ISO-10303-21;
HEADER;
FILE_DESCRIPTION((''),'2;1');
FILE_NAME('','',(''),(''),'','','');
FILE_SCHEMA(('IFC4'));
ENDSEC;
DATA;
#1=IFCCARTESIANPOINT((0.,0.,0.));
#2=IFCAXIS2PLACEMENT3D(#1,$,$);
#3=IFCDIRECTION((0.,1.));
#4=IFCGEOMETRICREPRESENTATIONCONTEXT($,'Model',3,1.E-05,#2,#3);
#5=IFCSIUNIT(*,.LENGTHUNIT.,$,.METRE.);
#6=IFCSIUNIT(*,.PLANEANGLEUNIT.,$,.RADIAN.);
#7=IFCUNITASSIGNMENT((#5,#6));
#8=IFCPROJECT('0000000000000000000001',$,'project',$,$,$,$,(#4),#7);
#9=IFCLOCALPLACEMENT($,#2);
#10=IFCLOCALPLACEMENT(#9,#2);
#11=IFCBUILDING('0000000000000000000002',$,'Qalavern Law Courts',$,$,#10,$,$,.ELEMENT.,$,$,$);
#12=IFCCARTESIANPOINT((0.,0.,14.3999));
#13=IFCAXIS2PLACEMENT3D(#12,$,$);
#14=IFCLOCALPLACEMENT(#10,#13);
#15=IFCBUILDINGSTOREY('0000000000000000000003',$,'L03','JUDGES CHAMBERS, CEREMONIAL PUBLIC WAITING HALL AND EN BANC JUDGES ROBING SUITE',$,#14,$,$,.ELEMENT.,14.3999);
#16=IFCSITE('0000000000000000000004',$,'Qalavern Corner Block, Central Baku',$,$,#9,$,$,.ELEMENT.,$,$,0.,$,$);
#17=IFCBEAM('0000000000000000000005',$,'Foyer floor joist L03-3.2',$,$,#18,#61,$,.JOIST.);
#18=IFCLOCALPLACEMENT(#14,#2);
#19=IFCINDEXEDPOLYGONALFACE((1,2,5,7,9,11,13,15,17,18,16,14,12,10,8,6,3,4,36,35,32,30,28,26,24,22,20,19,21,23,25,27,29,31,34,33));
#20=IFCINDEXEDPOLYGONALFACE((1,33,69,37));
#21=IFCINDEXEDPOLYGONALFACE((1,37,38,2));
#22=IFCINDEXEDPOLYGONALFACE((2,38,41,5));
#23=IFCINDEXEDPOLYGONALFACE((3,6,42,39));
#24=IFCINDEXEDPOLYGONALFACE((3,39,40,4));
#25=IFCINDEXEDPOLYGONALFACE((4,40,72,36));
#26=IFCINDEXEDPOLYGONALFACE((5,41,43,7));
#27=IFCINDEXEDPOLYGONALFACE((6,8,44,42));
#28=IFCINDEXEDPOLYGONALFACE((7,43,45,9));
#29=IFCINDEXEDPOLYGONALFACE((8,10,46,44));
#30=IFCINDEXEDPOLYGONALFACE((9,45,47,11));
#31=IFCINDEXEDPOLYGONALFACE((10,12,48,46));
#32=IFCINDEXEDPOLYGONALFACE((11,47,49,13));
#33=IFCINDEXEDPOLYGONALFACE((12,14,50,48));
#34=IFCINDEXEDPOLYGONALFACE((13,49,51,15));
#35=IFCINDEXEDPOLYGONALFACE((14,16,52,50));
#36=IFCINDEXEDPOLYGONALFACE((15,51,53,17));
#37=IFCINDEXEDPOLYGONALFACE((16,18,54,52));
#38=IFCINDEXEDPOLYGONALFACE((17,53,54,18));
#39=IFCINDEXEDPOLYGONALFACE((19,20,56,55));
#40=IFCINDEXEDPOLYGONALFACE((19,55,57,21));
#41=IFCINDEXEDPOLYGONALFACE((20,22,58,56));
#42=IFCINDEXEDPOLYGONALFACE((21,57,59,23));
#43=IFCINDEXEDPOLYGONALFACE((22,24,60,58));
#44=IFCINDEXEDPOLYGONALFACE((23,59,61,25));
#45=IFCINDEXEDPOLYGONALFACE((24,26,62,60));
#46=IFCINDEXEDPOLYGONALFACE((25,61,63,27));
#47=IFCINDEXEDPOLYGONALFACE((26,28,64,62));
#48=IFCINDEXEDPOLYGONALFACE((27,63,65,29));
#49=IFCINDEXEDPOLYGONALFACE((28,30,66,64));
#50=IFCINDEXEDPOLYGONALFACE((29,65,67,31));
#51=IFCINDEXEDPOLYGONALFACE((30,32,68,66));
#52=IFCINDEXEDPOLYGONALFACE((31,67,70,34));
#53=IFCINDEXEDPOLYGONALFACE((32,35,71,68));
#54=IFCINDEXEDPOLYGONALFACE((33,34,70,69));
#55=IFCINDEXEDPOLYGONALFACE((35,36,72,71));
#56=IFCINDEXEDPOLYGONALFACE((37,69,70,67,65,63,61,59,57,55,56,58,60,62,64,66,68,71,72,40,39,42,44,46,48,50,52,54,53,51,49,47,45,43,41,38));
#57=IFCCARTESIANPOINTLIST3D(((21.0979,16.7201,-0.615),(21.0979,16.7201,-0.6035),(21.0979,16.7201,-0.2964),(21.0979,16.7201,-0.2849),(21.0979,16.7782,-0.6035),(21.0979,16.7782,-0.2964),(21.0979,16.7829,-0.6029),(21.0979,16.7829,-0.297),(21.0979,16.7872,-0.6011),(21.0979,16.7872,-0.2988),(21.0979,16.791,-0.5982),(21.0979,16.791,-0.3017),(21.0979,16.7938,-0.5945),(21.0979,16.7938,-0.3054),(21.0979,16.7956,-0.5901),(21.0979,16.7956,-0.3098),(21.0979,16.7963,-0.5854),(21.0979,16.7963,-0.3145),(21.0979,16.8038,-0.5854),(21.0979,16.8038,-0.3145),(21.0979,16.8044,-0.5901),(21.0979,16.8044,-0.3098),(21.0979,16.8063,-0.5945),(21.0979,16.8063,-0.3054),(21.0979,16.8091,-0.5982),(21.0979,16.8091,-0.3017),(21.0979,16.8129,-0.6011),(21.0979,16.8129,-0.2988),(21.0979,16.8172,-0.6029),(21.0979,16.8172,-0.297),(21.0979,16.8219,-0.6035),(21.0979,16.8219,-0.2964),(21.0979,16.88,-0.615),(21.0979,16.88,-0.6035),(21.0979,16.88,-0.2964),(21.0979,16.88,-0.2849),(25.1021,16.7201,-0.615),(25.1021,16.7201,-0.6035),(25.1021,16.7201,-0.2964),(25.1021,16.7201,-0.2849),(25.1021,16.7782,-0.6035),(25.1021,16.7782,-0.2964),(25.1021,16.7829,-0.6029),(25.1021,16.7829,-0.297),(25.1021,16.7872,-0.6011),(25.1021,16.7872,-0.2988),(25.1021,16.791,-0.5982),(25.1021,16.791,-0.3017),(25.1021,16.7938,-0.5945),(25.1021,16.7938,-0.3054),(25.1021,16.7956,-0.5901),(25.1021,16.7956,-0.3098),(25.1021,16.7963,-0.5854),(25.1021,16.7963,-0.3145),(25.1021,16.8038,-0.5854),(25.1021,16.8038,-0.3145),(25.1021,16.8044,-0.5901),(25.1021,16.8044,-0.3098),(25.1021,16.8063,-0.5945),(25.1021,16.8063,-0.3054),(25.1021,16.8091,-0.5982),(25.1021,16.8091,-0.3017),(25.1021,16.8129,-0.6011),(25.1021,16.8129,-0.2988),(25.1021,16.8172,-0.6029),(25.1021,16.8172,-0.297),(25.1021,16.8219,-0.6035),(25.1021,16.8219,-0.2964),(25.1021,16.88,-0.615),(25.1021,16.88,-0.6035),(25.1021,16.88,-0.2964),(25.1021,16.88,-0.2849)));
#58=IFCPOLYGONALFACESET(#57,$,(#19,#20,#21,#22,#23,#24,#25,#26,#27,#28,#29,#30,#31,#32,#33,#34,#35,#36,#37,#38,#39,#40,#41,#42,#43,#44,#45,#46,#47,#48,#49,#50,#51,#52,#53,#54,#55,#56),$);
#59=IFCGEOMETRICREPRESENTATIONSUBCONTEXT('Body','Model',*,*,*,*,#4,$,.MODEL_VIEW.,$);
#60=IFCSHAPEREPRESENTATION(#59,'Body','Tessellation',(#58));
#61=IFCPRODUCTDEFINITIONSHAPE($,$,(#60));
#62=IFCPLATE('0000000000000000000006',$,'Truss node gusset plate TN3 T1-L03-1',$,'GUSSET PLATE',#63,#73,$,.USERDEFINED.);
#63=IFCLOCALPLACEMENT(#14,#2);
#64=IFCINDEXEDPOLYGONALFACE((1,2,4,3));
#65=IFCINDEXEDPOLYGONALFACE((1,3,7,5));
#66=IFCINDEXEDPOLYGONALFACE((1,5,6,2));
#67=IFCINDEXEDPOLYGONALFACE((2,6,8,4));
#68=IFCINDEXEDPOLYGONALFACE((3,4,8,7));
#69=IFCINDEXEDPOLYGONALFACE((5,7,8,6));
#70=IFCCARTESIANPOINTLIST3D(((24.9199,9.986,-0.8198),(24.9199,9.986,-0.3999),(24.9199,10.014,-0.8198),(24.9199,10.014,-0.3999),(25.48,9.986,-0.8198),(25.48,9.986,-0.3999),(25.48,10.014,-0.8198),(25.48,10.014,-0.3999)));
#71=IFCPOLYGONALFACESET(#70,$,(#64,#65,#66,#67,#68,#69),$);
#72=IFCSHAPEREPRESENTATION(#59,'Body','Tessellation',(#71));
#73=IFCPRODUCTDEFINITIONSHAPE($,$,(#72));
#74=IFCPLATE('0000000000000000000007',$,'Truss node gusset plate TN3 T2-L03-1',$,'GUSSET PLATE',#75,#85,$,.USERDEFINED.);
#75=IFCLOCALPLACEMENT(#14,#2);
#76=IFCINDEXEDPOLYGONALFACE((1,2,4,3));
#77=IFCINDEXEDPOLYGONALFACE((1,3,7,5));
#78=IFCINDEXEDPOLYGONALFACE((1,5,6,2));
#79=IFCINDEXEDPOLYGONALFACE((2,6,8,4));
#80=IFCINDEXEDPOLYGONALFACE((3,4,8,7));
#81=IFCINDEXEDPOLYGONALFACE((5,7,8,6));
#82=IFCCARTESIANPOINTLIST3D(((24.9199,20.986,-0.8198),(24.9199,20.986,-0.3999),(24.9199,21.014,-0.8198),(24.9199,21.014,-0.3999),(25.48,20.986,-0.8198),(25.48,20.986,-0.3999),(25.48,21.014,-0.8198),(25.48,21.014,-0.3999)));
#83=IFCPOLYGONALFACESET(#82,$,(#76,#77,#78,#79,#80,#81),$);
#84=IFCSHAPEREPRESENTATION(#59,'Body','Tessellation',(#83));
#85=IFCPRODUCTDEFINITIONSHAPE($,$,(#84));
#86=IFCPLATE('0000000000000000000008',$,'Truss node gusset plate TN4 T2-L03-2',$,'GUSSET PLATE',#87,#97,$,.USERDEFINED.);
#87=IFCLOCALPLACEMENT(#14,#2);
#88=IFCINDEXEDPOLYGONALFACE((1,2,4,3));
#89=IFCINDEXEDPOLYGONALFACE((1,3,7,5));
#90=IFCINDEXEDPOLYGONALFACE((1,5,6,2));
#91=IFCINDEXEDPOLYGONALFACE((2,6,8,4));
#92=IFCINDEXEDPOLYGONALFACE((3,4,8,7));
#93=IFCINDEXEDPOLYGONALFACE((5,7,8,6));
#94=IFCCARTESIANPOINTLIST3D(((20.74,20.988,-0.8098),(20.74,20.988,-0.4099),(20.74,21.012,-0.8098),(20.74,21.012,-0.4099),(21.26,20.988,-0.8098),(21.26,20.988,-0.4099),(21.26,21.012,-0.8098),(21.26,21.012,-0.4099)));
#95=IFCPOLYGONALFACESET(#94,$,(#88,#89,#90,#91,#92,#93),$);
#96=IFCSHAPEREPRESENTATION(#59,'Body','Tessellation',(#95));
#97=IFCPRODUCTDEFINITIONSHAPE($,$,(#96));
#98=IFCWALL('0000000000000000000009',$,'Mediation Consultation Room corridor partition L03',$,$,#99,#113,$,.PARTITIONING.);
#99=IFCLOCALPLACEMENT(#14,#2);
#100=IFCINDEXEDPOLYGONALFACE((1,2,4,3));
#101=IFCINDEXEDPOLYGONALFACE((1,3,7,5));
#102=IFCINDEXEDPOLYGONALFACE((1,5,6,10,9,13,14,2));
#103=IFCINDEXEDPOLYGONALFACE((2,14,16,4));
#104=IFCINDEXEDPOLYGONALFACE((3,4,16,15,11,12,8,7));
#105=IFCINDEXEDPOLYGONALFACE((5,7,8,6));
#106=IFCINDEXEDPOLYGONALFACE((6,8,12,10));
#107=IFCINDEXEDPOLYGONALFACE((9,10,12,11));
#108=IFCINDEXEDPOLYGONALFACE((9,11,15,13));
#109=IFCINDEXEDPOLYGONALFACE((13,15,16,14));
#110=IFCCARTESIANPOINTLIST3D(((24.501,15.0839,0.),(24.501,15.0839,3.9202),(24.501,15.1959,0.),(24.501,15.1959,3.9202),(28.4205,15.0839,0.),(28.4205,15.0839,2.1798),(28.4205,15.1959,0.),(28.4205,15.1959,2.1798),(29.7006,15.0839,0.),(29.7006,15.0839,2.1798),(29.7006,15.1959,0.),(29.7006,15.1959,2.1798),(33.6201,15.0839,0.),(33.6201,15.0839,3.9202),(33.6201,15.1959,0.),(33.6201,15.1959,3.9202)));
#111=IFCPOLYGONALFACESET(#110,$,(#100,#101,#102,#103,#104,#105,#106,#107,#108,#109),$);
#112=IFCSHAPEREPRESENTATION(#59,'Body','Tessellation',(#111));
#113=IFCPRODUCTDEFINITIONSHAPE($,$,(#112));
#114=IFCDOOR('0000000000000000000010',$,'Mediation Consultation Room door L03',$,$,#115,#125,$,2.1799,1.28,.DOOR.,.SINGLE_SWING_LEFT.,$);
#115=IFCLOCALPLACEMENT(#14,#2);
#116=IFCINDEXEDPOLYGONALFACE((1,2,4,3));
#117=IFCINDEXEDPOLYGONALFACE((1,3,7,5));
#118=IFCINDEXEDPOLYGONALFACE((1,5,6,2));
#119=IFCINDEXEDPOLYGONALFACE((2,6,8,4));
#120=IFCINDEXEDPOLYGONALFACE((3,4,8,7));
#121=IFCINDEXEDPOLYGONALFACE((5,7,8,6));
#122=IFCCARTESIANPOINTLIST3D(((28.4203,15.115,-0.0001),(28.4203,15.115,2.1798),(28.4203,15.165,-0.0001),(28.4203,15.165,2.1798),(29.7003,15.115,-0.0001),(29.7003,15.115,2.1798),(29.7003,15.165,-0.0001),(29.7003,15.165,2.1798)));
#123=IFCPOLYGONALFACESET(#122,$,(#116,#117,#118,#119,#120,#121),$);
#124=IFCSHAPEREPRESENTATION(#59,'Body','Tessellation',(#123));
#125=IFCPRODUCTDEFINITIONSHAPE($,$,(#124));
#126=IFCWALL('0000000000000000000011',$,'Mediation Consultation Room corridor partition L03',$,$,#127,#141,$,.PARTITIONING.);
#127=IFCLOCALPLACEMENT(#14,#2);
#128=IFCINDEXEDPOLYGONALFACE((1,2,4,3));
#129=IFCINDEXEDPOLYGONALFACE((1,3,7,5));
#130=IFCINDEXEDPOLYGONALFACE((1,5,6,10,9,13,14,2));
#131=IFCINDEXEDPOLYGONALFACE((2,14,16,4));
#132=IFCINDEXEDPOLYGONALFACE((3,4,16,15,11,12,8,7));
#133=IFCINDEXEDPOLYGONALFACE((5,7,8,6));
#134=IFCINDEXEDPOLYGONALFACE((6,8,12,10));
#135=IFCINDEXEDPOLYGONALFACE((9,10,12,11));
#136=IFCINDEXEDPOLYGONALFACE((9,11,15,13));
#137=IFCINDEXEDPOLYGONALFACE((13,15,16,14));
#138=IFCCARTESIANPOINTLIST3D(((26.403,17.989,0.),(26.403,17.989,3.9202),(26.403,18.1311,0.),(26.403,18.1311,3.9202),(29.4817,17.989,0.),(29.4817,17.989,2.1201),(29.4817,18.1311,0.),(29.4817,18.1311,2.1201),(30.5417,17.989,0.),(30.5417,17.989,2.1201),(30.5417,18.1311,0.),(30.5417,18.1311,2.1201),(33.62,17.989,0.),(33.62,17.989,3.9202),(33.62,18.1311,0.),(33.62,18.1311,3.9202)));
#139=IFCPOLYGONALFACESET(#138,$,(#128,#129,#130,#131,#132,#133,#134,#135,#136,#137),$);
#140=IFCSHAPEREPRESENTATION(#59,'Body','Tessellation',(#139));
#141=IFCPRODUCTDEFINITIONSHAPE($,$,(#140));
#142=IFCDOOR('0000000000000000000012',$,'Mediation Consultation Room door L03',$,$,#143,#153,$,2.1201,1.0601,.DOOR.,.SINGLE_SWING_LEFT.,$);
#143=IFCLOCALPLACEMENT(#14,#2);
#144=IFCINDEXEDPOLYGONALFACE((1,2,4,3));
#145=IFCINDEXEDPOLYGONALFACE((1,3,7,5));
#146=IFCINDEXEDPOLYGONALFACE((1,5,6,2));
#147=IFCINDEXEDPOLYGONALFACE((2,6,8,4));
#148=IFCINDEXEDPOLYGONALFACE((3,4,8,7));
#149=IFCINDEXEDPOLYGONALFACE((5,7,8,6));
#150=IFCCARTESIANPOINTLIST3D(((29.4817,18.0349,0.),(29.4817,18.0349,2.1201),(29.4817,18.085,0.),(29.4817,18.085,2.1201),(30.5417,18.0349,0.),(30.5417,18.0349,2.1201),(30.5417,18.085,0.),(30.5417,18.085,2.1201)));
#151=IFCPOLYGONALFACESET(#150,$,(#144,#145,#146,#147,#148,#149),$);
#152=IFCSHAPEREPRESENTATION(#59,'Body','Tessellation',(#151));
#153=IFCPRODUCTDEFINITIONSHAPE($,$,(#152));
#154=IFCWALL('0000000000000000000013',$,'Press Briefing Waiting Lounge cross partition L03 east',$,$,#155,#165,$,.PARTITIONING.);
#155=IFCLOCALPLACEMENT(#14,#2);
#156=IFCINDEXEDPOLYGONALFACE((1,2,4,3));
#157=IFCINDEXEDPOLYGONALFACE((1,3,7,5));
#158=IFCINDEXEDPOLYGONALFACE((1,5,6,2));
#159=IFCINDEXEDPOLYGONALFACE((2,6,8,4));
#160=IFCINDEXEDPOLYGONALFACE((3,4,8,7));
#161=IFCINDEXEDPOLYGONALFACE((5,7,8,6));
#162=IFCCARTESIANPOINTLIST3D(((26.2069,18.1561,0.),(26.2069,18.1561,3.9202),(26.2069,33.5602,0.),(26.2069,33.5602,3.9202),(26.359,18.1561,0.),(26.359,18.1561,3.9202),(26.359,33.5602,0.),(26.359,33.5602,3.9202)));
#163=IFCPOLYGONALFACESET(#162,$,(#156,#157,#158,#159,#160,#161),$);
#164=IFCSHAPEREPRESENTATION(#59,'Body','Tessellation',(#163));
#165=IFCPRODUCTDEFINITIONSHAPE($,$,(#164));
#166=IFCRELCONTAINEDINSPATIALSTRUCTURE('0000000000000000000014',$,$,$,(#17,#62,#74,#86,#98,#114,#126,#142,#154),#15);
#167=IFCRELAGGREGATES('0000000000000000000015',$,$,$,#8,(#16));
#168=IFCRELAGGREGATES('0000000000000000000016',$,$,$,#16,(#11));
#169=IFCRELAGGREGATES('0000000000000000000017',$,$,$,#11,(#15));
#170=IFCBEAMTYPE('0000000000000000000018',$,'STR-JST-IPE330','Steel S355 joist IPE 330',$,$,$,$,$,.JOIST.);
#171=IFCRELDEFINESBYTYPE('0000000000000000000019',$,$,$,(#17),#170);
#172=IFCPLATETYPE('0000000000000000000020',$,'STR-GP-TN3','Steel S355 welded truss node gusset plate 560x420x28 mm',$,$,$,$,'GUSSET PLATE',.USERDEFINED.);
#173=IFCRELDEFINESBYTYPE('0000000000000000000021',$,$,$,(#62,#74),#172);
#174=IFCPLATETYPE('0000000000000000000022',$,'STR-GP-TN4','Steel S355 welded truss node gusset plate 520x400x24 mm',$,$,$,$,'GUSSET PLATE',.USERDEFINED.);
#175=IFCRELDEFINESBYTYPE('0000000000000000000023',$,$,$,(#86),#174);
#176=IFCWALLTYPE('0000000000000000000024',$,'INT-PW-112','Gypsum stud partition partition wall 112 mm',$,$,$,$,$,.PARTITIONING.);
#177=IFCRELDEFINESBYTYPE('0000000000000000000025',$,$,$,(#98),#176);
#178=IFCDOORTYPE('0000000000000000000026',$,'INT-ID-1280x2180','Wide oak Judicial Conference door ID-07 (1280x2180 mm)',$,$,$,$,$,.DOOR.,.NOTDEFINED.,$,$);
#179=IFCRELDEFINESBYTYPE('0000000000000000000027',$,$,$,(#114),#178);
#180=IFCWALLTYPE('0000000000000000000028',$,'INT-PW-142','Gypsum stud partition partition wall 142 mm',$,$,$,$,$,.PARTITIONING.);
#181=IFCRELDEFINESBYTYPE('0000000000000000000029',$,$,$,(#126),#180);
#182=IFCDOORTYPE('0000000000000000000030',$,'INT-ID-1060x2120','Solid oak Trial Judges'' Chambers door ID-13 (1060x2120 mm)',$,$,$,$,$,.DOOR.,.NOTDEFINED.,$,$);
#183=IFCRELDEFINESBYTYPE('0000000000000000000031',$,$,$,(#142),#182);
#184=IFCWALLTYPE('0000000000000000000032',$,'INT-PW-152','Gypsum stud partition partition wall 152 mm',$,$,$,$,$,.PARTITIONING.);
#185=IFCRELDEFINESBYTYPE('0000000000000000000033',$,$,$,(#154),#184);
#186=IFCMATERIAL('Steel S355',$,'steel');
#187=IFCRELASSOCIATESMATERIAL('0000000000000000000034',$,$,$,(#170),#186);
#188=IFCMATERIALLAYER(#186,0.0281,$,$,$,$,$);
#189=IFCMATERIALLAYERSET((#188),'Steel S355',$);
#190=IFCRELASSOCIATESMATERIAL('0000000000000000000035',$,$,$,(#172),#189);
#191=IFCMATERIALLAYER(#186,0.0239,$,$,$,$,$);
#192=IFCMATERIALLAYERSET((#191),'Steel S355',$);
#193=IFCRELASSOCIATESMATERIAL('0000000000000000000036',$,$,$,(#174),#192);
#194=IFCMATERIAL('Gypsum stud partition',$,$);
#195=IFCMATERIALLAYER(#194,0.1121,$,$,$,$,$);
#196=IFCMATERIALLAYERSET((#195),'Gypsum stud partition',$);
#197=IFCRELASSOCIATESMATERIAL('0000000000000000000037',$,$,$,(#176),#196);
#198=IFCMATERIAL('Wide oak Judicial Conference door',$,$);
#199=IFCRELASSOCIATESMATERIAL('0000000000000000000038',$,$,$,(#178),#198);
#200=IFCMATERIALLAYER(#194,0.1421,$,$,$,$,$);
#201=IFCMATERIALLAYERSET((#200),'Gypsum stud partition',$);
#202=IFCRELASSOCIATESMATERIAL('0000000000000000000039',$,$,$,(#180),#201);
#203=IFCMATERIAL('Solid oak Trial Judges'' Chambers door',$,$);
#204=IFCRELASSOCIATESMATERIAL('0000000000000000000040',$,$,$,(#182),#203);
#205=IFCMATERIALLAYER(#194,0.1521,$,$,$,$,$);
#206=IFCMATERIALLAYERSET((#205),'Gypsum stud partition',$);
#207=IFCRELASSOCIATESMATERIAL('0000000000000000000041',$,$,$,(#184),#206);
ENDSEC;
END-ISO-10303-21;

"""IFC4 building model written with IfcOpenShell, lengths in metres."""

from ifc_helpers import new_model, si_unit, direction, frame, frame_2d, origin, origin_2d, place, context, subcontext, project, spatial, rectangle, i_section, extrude, material, layer, layer_set, material_profile, profile_set, type_object, element, fill, save


model = new_model("IFC4")

# Units and contexts
model_context = context("Model", 3, precision=1e-05, world=origin(), true_north=direction((0.0, 1.0)))
body_context = subcontext(model_context, "Body", "Model", "MODEL_VIEW")
ifc_project = project(units=[si_unit("LENGTHUNIT", "METRE"), si_unit("PLANEANGLEUNIT", "RADIAN")], contexts=[model_context])

# Site, building, storey
site_placement = place(None, origin())
site = spatial("IfcSite", under=ifc_project, at=site_placement, Name="Qalavern Corner Block, Central Baku", CompositionType="ELEMENT", RefElevation=0.0)
building_placement = place(site_placement, origin())
building = spatial("IfcBuilding", under=site, at=building_placement, Name="Qalavern Law Courts", CompositionType="ELEMENT")
storey_placement = place(building_placement, frame((0.0, 0.0, 14.3999)))
storey = spatial("IfcBuildingStorey", under=building, at=storey_placement, Name="L03", Description="JUDGES CHAMBERS, CEREMONIAL PUBLIC WAITING HALL AND EN BANC JUDGES ROBING SUITE", CompositionType="ELEMENT", Elevation=14.3999)

# Shared definitions
ifc_material_1 = material(Name="Steel S355", Category="steel")

# Beam
ifc_material_profile_1 = material_profile(ifc_material_1, i_section(OverallWidth=0.1599, OverallDepth=0.3301, WebThickness=0.0076, FlangeThickness=0.0115, FilletRadius=0.0181, at=origin_2d()), Name="IPE 330")
ifc_profile_set_1 = profile_set([ifc_material_profile_1], Name="Steel S355")
beam_type_1 = type_object("IfcBeamType", Name="STR-JST-IPE330", Description="Steel S355 joist IPE 330", PredefinedType="JOIST", material=ifc_profile_set_1)
for number, where, z_axis, x_axis, name in (
    (1, (21.0979, 16.8, -0.45), (1.0, 0.0, 0.0), (0.0, 1.0, 0.0), "Foyer floor joist L03-3.2"),
):
    element("IfcBeam", number, at=place(storey_placement, frame(where, z_axis=z_axis, x_axis=x_axis)), inside=storey, type_object=beam_type_1, Name=name, PredefinedType="JOIST", context=body_context, shape_type="SweptSolid", body=[
        extrude(i_section(OverallWidth=0.1599, OverallDepth=0.3301, WebThickness=0.0076, FlangeThickness=0.0115, FilletRadius=0.0181, at=origin_2d()), origin(), (0.0, 0.0, 1.0), 4.0042),
    ])

# Plates
ifc_layer_1 = layer(ifc_material_1, 0.0281)
ifc_layer_set_1 = layer_set([ifc_layer_1], Name="Steel S355")
plate_type_1 = type_object("IfcPlateType", Name="STR-GP-TN3", Description="Steel S355 welded truss node gusset plate 560x420x28 mm", ElementType="GUSSET PLATE", PredefinedType="USERDEFINED", material=ifc_layer_set_1)
for number, where, z_axis, x_axis, name in (
    (2, (25.2, 10.0, -0.8198), (0.0, 0.0, 1.0), (1.0, 0.0, 0.0), "Truss node gusset plate TN3 T1-L03-1"),
    (3, (25.2, 21.0, -0.8198), (0.0, 0.0, 1.0), (1.0, 0.0, 0.0), "Truss node gusset plate TN3 T2-L03-1"),
):
    element("IfcPlate", number, at=place(storey_placement, frame(where, z_axis=z_axis, x_axis=x_axis)), inside=storey, type_object=plate_type_1, Name=name, ObjectType="GUSSET PLATE", PredefinedType="USERDEFINED", context=body_context, shape_type="SweptSolid", body=[
        extrude(rectangle(XDim=0.5601, YDim=0.0281, at=origin_2d()), origin(), (0.0, 0.0, 1.0), 0.4199),
    ])
ifc_layer_2 = layer(ifc_material_1, 0.0239)
ifc_layer_set_2 = layer_set([ifc_layer_2], Name="Steel S355")
plate_type_2 = type_object("IfcPlateType", Name="STR-GP-TN4", Description="Steel S355 welded truss node gusset plate 520x400x24 mm", ElementType="GUSSET PLATE", PredefinedType="USERDEFINED", material=ifc_layer_set_2)
plate_placement = place(storey_placement, frame((21.0, 21.0, -0.8098), z_axis=(0.0, 0.0, 1.0), x_axis=(1.0, 0.0, 0.0)))
element("IfcPlate", 4, at=plate_placement, inside=storey, type_object=plate_type_2, Name="Truss node gusset plate TN4 T2-L03-2", ObjectType="GUSSET PLATE", PredefinedType="USERDEFINED", context=body_context, shape_type="SweptSolid", body=[
    extrude(rectangle(XDim=0.52, YDim=0.0239, at=origin_2d()), origin(), (0.0, 0.0, 1.0), 0.3999),
])

# Walls, openings, doors
ifc_material_2 = material(Name="Gypsum stud partition")
ifc_layer_3 = layer(ifc_material_2, 0.1121)
ifc_layer_set_3 = layer_set([ifc_layer_3], Name="Gypsum stud partition")
wall_type_1 = type_object("IfcWallType", Name="INT-PW-112", Description="Gypsum stud partition partition wall 112 mm", PredefinedType="PARTITIONING", material=ifc_layer_set_3)
wall_1_placement = place(storey_placement, frame((24.501, 15.1399, 0.0), z_axis=(0.0, 0.0, 1.0), x_axis=(1.0, 0.0, 0.0)))
wall_1 = element("IfcWall", 5, at=wall_1_placement, inside=storey, type_object=wall_type_1, Name="Mediation Consultation Room corridor partition L03", PredefinedType="PARTITIONING", context=body_context, shape_type="SweptSolid", body=[
    extrude(rectangle(XDim=9.1191, YDim=0.1121, at=frame_2d((4.5596, 0.0))), origin(), (0.0, 0.0, 1.0), 3.9202),
])
opening_1_placement = place(wall_1_placement, frame((3.9194, 0.0, 0.0)))
opening_1 = element("IfcOpeningElement", 6, at=opening_1_placement, cuts=wall_1, PredefinedType="OPENING", context=body_context, shape_type="SweptSolid", body=[
    extrude(rectangle(XDim=1.28, YDim=2.1799, at=frame_2d((0.6401, 1.0898))), frame((0.0, 0.0708, 0.0), z_axis=(0.0, -1.0, 0.0), x_axis=(1.0, 0.0, 0.0)), (0.0, 0.0, 1.0), 0.1418),
])
ifc_material_3 = material(Name="Wide oak Judicial Conference door")
door_type_1 = type_object("IfcDoorType", Name="INT-ID-1280x2180", Description="Wide oak Judicial Conference door ID-07 (1280x2180 mm)", OperationType="NOTDEFINED", PredefinedType="DOOR", material=ifc_material_3)
door_1_placement = place(opening_1_placement, frame((1.28, 0.0, 0.0), z_axis=(0.0, 0.0, 1.0), x_axis=(-1.0, 0.0, 0.0)))
door_1 = element("IfcDoor", 7, at=door_1_placement, inside=storey, type_object=door_type_1, Name="Mediation Consultation Room door L03", OperationType="SINGLE_SWING_LEFT", OverallHeight=2.1799, OverallWidth=1.28, PredefinedType="DOOR", context=body_context, shape_type="SweptSolid", body=[
    extrude(rectangle(XDim=1.28, YDim=2.1799, at=frame_2d((0.6401, 1.0898))), frame((0.0, 0.0249, 0.0), z_axis=(0.0, -1.0, 0.0), x_axis=(1.0, 0.0, 0.0)), (0.0, 0.0, 1.0), 0.05),
])
fill(opening_1, door_1)
ifc_layer_4 = layer(ifc_material_2, 0.1421)
ifc_layer_set_4 = layer_set([ifc_layer_4], Name="Gypsum stud partition")
wall_type_2 = type_object("IfcWallType", Name="INT-PW-142", Description="Gypsum stud partition partition wall 142 mm", PredefinedType="PARTITIONING", material=ifc_layer_set_4)
wall_2_placement = place(storey_placement, frame((26.4031, 18.0601, 0.0), z_axis=(0.0, 0.0, 1.0), x_axis=(1.0, 0.0, 0.0)))
wall_2 = element("IfcWall", 8, at=wall_2_placement, inside=storey, type_object=wall_type_2, Name="Mediation Consultation Room corridor partition L03", PredefinedType="PARTITIONING", context=body_context, shape_type="SweptSolid", body=[
    extrude(rectangle(XDim=7.217, YDim=0.1421, at=frame_2d((3.6084, 0.0))), origin(), (0.0, 0.0, 1.0), 3.9202),
])
opening_2_placement = place(wall_2_placement, frame((3.0786, 0.0, 0.0)))
opening_2 = element("IfcOpeningElement", 9, at=opening_2_placement, cuts=wall_2, PredefinedType="OPENING", context=body_context, shape_type="SweptSolid", body=[
    extrude(rectangle(XDim=1.0601, YDim=2.1201, at=frame_2d((0.53, 1.0601))), frame((0.0, 0.0859, 0.0), z_axis=(0.0, -1.0, 0.0), x_axis=(1.0, 0.0, 0.0)), (0.0, 0.0, 1.0), 0.1719),
])
ifc_material_4 = material(Name="Solid oak Trial Judges' Chambers door")
door_type_2 = type_object("IfcDoorType", Name="INT-ID-1060x2120", Description="Solid oak Trial Judges' Chambers door ID-13 (1060x2120 mm)", OperationType="NOTDEFINED", PredefinedType="DOOR", material=ifc_material_4)
door_2_placement = place(opening_2_placement, origin())
door_2 = element("IfcDoor", 10, at=door_2_placement, inside=storey, type_object=door_type_2, Name="Mediation Consultation Room door L03", OperationType="SINGLE_SWING_LEFT", OverallHeight=2.1201, OverallWidth=1.0601, PredefinedType="DOOR", context=body_context, shape_type="SweptSolid", body=[
    extrude(rectangle(XDim=1.0601, YDim=2.1201, at=frame_2d((0.53, 1.0601))), frame((0.0, 0.0249, 0.0), z_axis=(0.0, -1.0, 0.0), x_axis=(1.0, 0.0, 0.0)), (0.0, 0.0, 1.0), 0.05),
])
fill(opening_2, door_2)

# Wall
ifc_layer_5 = layer(ifc_material_2, 0.1521)
ifc_layer_set_5 = layer_set([ifc_layer_5], Name="Gypsum stud partition")
wall_type_3 = type_object("IfcWallType", Name="INT-PW-152", Description="Gypsum stud partition partition wall 152 mm", PredefinedType="PARTITIONING", material=ifc_layer_set_5)
wall_3_placement = place(storey_placement, frame((26.283, 18.156, 0.0), z_axis=(0.0, 0.0, 1.0), x_axis=(0.0, 1.0, 0.0)))
element("IfcWall", 11, at=wall_3_placement, inside=storey, type_object=wall_type_3, Name="Press Briefing Waiting Lounge cross partition L03 east", PredefinedType="PARTITIONING", context=body_context, shape_type="SweptSolid", body=[
    extrude(rectangle(XDim=15.4041, YDim=0.1521, at=frame_2d((7.7021, 0.0))), origin(), (0.0, 0.0, 1.0), 3.9202),
])

save(model, "model.ifc")
